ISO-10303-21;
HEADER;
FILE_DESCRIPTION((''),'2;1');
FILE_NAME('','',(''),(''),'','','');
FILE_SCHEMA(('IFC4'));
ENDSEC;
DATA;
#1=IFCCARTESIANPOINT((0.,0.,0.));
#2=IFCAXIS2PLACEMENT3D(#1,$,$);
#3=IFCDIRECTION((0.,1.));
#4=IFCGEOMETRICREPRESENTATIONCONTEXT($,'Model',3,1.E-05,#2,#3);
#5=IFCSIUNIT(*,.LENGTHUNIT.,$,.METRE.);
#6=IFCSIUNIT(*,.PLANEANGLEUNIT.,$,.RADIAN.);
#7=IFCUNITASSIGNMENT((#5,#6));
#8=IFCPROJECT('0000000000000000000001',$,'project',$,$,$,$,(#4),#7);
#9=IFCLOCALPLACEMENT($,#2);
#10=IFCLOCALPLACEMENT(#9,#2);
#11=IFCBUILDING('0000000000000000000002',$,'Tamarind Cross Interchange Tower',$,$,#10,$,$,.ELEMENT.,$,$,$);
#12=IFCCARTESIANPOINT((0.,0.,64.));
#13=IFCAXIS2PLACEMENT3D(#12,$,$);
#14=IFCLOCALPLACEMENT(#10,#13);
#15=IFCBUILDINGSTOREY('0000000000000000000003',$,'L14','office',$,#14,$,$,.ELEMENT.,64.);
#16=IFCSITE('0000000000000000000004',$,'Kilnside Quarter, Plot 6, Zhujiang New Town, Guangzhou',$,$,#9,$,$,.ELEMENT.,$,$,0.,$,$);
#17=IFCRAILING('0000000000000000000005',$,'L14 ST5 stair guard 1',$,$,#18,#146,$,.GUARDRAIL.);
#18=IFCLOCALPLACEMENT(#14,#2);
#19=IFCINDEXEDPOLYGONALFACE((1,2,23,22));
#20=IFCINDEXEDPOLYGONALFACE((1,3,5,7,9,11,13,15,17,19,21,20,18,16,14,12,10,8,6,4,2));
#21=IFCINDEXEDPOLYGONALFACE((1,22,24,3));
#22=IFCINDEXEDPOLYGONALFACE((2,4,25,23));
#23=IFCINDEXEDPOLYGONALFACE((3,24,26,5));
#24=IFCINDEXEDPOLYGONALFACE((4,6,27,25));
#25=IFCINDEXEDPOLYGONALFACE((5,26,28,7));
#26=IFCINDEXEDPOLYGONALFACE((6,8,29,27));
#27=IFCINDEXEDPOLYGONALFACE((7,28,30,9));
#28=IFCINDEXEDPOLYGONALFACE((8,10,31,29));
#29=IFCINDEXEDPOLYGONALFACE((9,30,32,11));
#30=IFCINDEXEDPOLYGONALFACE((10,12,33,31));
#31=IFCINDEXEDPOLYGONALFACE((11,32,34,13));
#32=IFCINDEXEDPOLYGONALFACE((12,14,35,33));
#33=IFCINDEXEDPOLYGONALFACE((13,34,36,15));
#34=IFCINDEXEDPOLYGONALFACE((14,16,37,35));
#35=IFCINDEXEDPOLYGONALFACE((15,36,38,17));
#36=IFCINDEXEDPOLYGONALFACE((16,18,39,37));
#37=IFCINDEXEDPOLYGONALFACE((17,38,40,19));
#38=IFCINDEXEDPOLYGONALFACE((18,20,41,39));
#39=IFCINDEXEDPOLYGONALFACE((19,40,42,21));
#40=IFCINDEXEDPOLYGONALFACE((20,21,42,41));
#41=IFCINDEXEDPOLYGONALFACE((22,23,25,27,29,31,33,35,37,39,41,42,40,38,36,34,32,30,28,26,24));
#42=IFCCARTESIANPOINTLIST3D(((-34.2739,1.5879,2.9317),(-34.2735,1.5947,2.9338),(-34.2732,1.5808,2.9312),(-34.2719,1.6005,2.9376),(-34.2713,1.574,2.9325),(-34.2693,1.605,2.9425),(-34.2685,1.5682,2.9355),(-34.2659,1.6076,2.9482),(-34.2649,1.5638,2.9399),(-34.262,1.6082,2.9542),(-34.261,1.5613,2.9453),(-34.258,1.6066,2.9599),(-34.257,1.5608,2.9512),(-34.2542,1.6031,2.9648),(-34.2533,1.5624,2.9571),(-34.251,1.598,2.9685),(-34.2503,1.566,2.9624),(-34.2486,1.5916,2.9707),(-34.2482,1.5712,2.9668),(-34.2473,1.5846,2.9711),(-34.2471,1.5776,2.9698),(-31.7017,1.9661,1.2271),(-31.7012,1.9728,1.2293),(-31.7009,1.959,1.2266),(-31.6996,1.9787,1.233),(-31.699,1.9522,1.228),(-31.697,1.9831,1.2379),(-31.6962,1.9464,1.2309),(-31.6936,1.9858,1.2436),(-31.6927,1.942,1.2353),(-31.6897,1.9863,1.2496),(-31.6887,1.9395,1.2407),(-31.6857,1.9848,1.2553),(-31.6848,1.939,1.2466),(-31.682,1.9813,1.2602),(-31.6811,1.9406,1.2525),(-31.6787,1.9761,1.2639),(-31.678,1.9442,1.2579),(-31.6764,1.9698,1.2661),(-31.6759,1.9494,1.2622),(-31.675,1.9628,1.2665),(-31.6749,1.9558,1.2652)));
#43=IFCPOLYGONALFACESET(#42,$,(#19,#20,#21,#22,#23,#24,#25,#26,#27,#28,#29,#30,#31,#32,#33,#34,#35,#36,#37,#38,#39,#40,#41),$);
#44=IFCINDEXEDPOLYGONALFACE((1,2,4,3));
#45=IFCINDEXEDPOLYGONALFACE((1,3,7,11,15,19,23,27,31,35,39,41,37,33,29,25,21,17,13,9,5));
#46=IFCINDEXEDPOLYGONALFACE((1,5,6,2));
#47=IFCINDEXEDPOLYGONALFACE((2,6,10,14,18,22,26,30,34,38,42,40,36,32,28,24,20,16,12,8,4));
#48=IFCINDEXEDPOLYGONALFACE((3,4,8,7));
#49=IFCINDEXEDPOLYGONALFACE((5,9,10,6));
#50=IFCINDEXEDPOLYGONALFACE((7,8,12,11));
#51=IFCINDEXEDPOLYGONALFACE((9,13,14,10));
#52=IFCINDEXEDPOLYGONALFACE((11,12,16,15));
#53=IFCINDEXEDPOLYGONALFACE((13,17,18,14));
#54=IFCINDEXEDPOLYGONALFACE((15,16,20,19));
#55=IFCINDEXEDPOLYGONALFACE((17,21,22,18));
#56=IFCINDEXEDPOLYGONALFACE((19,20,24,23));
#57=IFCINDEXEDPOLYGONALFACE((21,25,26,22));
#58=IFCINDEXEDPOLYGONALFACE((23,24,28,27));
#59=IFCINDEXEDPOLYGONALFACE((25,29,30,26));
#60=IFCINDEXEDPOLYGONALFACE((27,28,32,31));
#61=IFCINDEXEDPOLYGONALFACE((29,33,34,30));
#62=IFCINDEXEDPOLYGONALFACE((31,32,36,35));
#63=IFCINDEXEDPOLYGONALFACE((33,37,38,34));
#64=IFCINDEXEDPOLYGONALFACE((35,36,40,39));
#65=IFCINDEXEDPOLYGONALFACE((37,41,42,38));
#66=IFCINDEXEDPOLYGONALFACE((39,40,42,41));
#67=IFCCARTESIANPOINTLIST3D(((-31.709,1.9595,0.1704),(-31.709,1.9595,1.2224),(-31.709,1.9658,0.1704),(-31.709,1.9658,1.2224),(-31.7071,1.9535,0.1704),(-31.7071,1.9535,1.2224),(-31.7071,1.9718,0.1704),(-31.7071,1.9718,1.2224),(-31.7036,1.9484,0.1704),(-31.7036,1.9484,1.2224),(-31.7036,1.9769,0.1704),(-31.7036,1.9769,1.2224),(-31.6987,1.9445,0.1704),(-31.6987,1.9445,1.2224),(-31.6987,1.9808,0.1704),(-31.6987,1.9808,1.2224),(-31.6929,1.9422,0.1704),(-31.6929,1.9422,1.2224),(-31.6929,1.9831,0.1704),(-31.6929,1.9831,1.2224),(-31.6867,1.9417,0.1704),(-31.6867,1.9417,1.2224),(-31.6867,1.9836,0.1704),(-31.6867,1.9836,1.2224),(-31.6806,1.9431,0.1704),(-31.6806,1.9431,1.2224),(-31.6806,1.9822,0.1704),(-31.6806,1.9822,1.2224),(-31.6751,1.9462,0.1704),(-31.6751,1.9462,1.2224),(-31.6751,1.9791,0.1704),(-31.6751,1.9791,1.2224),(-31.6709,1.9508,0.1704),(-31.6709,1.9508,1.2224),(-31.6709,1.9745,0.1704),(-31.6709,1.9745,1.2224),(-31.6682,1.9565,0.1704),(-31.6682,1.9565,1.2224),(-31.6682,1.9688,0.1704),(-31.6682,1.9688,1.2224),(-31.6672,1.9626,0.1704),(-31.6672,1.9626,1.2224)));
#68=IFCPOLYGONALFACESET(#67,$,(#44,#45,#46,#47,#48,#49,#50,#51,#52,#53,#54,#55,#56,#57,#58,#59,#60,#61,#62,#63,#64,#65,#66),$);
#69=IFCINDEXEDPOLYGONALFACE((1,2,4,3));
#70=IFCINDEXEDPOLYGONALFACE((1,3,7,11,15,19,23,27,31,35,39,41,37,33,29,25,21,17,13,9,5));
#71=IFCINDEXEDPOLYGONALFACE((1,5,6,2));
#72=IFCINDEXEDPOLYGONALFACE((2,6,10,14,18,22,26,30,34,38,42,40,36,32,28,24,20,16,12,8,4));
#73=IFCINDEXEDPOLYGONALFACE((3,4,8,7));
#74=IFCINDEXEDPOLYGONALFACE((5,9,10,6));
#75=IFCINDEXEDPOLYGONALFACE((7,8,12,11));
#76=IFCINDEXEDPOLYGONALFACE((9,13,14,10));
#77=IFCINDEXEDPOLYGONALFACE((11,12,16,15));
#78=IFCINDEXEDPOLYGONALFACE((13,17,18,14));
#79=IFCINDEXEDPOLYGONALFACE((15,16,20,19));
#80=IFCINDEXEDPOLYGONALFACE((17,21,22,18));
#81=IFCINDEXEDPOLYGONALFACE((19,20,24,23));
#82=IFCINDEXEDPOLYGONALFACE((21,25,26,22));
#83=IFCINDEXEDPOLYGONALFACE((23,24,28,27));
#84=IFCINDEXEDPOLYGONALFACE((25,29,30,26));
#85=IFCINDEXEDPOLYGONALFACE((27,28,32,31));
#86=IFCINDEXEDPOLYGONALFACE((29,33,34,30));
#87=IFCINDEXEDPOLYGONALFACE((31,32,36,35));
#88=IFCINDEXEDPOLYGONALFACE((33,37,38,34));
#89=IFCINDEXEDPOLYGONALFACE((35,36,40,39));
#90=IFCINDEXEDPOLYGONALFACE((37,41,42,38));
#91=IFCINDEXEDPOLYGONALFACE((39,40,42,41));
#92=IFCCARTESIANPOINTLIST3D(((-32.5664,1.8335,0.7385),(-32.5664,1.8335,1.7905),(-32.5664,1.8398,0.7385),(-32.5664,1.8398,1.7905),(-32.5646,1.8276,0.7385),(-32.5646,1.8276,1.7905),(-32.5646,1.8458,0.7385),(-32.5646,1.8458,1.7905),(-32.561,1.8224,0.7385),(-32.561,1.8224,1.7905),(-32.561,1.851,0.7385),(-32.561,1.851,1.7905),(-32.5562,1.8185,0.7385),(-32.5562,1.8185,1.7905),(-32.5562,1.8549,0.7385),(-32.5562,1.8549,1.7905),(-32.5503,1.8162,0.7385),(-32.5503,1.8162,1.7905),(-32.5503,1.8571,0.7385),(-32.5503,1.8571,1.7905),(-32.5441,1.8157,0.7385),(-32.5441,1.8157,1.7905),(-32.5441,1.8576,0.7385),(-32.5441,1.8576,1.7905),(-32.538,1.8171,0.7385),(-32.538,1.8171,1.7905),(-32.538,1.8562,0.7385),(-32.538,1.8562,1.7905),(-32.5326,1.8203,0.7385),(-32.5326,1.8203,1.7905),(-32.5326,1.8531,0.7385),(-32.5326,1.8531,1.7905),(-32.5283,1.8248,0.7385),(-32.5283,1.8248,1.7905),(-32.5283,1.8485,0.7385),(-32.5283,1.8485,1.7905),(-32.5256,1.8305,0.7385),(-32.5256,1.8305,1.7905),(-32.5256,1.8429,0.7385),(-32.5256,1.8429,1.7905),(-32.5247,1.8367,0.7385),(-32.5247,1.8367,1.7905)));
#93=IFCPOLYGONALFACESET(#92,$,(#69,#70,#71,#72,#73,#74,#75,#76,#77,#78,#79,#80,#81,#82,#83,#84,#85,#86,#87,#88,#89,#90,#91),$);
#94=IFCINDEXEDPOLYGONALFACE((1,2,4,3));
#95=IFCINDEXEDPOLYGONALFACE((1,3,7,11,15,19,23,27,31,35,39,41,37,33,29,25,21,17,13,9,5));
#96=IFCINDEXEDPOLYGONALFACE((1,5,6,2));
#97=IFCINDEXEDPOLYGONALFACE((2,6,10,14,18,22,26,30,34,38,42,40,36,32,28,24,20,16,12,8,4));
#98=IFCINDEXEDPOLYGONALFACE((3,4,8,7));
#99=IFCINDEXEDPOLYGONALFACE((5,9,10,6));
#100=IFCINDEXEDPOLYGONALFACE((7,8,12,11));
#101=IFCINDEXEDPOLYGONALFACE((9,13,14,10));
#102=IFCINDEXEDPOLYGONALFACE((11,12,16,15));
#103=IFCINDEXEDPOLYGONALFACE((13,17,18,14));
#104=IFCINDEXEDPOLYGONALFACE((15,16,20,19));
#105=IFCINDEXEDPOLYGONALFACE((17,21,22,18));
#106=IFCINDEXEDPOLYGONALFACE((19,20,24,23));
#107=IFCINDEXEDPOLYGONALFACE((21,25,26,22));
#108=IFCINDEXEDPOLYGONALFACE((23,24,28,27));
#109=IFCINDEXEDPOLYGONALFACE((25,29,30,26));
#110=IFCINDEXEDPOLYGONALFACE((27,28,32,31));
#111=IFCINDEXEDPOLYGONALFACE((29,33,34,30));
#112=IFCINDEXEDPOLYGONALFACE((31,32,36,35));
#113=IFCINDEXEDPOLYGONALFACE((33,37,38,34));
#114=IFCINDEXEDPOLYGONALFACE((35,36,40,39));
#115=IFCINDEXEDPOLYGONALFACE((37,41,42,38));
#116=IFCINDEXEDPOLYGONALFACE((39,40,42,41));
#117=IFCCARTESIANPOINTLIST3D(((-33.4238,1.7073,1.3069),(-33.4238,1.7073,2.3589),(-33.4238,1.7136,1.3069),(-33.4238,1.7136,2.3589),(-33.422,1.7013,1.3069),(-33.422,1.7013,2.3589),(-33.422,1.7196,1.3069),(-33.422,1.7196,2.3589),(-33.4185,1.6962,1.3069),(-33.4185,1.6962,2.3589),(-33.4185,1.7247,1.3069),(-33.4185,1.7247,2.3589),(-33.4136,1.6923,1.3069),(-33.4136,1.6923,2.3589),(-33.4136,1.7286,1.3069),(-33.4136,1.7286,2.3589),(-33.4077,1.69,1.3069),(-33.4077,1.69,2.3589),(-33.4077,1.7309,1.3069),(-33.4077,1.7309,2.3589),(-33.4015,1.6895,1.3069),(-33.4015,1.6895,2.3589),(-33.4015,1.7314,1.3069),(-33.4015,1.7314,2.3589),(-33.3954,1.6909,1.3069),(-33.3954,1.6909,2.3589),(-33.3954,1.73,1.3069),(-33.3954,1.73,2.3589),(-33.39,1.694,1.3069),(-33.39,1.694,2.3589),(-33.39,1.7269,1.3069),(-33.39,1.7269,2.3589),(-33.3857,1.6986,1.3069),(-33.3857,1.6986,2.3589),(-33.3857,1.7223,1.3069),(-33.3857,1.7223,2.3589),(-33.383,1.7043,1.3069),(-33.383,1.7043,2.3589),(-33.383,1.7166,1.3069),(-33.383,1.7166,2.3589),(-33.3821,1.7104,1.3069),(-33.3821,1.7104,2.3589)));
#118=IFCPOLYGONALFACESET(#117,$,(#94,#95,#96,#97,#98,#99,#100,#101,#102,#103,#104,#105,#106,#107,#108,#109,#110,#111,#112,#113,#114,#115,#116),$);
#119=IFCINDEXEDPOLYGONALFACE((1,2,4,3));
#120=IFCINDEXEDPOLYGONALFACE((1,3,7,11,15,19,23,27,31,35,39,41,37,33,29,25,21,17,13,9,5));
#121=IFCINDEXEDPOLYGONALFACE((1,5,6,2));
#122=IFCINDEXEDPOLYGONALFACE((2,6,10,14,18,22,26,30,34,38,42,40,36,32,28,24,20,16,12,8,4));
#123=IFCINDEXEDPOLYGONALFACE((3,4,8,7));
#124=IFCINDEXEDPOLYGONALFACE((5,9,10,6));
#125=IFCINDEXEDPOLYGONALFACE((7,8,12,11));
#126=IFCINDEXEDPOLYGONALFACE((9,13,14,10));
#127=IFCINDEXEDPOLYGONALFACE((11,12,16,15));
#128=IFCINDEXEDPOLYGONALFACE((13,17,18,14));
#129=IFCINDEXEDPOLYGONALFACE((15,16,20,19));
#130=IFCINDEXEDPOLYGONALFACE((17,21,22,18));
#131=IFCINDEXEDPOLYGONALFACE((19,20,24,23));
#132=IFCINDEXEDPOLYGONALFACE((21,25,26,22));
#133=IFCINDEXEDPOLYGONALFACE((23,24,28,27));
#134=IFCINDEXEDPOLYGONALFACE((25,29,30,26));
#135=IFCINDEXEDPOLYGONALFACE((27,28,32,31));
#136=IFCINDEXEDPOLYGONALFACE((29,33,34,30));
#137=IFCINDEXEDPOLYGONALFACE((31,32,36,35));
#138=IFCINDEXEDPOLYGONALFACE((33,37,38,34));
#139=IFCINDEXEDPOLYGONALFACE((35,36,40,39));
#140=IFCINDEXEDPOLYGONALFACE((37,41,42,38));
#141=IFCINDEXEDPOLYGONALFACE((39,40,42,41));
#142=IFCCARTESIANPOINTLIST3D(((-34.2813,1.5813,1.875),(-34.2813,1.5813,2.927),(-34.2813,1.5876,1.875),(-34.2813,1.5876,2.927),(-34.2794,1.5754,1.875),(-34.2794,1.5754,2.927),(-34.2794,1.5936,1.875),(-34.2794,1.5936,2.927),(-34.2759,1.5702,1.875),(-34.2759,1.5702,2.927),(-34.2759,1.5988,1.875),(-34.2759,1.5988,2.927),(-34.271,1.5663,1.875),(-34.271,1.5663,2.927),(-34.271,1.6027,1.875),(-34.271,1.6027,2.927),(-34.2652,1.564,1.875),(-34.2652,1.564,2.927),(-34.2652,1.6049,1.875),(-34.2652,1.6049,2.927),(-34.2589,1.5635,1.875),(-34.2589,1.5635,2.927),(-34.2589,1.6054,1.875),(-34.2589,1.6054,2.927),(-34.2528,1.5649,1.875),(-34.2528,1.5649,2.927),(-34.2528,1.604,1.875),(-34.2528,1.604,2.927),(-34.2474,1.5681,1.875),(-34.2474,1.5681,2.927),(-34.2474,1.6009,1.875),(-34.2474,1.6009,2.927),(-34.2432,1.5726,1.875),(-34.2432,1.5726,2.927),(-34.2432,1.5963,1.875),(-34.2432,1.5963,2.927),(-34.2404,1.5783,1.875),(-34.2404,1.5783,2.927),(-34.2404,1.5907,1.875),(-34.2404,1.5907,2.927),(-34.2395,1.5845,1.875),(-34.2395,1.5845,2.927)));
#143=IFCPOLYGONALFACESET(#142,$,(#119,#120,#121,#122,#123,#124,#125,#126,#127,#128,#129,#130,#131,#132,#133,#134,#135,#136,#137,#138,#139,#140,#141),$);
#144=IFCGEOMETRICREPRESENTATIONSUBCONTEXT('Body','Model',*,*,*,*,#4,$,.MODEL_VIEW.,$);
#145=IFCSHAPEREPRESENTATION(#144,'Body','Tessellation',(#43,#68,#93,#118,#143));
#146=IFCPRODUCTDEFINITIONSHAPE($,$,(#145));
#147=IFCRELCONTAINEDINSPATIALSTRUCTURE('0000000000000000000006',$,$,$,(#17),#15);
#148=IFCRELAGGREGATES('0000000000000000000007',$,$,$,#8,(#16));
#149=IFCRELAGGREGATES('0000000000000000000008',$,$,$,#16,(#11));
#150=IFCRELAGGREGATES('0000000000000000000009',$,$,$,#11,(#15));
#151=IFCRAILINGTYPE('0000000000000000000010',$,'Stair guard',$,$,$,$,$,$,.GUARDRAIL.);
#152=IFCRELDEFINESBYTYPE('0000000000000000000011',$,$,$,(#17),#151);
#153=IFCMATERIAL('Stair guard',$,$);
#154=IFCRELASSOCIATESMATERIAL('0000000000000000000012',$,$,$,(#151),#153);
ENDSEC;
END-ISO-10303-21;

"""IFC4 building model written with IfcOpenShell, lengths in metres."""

from ifc_helpers import new_model, si_unit, direction, frame, origin, origin_2d, place, context, subcontext, project, spatial, circle, extrude, material, type_object, element, save


model = new_model("IFC4")

# Units and contexts
model_context = context("Model", 3, precision=1e-05, world=origin(), true_north=direction((0.0, 1.0)))
body_context = subcontext(model_context, "Body", "Model", "MODEL_VIEW")
ifc_project = project(units=[si_unit("LENGTHUNIT", "METRE"), si_unit("PLANEANGLEUNIT", "RADIAN")], contexts=[model_context])

# Site, building, storey
site_placement = place(None, origin())
site = spatial("IfcSite", under=ifc_project, at=site_placement, Name="Kilnside Quarter, Plot 6, Zhujiang New Town, Guangzhou", CompositionType="ELEMENT", RefElevation=0.0)
building_placement = place(site_placement, origin())
building = spatial("IfcBuilding", under=site, at=building_placement, Name="Tamarind Cross Interchange Tower", CompositionType="ELEMENT")
storey_placement = place(building_placement, frame((0.0, 0.0, 64.0)))
storey = spatial("IfcBuildingStorey", under=building, at=storey_placement, Name="L14", Description="office", CompositionType="ELEMENT", Elevation=64.0)

# Railing
ifc_material_1 = material(Name="Stair guard")
railing_type_1 = type_object("IfcRailingType", Name="Stair guard", PredefinedType="GUARDRAIL", material=ifc_material_1)
railing_1_placement = place(storey_placement, frame((-31.6882, 1.9626, 0.1704)))
element("IfcRailing", 1, at=railing_1_placement, inside=storey, type_object=railing_type_1, Name="L14 ST5 stair guard 1", PredefinedType="GUARDRAIL", context=body_context, shape_type="SweptSolid", body=[
    extrude(circle(Radius=0.0239, at=origin_2d()), frame((0.0, 0.0, 1.0762), z_axis=(-0.827391, -0.121643, 0.548295), x_axis=(0.145456, -0.989365, 0.0)), (0.0, 0.0, 1.0), 3.1089),
    extrude(circle(Radius=0.021, at=origin_2d()), origin(), (0.0, 0.0, 1.0), 1.052),
    extrude(circle(Radius=0.021, at=origin_2d()), frame((-0.8574, -0.126, 0.5681)), (0.0, 0.0, 1.0), 1.052),
    extrude(circle(Radius=0.021, at=origin_2d()), frame((-1.7148, -0.2522, 1.1365)), (0.0, 0.0, 1.0), 1.052),
    extrude(circle(Radius=0.021, at=origin_2d()), frame((-2.5723, -0.3782, 1.7046)), (0.0, 0.0, 1.0), 1.052),
])

save(model, "model.ifc")
